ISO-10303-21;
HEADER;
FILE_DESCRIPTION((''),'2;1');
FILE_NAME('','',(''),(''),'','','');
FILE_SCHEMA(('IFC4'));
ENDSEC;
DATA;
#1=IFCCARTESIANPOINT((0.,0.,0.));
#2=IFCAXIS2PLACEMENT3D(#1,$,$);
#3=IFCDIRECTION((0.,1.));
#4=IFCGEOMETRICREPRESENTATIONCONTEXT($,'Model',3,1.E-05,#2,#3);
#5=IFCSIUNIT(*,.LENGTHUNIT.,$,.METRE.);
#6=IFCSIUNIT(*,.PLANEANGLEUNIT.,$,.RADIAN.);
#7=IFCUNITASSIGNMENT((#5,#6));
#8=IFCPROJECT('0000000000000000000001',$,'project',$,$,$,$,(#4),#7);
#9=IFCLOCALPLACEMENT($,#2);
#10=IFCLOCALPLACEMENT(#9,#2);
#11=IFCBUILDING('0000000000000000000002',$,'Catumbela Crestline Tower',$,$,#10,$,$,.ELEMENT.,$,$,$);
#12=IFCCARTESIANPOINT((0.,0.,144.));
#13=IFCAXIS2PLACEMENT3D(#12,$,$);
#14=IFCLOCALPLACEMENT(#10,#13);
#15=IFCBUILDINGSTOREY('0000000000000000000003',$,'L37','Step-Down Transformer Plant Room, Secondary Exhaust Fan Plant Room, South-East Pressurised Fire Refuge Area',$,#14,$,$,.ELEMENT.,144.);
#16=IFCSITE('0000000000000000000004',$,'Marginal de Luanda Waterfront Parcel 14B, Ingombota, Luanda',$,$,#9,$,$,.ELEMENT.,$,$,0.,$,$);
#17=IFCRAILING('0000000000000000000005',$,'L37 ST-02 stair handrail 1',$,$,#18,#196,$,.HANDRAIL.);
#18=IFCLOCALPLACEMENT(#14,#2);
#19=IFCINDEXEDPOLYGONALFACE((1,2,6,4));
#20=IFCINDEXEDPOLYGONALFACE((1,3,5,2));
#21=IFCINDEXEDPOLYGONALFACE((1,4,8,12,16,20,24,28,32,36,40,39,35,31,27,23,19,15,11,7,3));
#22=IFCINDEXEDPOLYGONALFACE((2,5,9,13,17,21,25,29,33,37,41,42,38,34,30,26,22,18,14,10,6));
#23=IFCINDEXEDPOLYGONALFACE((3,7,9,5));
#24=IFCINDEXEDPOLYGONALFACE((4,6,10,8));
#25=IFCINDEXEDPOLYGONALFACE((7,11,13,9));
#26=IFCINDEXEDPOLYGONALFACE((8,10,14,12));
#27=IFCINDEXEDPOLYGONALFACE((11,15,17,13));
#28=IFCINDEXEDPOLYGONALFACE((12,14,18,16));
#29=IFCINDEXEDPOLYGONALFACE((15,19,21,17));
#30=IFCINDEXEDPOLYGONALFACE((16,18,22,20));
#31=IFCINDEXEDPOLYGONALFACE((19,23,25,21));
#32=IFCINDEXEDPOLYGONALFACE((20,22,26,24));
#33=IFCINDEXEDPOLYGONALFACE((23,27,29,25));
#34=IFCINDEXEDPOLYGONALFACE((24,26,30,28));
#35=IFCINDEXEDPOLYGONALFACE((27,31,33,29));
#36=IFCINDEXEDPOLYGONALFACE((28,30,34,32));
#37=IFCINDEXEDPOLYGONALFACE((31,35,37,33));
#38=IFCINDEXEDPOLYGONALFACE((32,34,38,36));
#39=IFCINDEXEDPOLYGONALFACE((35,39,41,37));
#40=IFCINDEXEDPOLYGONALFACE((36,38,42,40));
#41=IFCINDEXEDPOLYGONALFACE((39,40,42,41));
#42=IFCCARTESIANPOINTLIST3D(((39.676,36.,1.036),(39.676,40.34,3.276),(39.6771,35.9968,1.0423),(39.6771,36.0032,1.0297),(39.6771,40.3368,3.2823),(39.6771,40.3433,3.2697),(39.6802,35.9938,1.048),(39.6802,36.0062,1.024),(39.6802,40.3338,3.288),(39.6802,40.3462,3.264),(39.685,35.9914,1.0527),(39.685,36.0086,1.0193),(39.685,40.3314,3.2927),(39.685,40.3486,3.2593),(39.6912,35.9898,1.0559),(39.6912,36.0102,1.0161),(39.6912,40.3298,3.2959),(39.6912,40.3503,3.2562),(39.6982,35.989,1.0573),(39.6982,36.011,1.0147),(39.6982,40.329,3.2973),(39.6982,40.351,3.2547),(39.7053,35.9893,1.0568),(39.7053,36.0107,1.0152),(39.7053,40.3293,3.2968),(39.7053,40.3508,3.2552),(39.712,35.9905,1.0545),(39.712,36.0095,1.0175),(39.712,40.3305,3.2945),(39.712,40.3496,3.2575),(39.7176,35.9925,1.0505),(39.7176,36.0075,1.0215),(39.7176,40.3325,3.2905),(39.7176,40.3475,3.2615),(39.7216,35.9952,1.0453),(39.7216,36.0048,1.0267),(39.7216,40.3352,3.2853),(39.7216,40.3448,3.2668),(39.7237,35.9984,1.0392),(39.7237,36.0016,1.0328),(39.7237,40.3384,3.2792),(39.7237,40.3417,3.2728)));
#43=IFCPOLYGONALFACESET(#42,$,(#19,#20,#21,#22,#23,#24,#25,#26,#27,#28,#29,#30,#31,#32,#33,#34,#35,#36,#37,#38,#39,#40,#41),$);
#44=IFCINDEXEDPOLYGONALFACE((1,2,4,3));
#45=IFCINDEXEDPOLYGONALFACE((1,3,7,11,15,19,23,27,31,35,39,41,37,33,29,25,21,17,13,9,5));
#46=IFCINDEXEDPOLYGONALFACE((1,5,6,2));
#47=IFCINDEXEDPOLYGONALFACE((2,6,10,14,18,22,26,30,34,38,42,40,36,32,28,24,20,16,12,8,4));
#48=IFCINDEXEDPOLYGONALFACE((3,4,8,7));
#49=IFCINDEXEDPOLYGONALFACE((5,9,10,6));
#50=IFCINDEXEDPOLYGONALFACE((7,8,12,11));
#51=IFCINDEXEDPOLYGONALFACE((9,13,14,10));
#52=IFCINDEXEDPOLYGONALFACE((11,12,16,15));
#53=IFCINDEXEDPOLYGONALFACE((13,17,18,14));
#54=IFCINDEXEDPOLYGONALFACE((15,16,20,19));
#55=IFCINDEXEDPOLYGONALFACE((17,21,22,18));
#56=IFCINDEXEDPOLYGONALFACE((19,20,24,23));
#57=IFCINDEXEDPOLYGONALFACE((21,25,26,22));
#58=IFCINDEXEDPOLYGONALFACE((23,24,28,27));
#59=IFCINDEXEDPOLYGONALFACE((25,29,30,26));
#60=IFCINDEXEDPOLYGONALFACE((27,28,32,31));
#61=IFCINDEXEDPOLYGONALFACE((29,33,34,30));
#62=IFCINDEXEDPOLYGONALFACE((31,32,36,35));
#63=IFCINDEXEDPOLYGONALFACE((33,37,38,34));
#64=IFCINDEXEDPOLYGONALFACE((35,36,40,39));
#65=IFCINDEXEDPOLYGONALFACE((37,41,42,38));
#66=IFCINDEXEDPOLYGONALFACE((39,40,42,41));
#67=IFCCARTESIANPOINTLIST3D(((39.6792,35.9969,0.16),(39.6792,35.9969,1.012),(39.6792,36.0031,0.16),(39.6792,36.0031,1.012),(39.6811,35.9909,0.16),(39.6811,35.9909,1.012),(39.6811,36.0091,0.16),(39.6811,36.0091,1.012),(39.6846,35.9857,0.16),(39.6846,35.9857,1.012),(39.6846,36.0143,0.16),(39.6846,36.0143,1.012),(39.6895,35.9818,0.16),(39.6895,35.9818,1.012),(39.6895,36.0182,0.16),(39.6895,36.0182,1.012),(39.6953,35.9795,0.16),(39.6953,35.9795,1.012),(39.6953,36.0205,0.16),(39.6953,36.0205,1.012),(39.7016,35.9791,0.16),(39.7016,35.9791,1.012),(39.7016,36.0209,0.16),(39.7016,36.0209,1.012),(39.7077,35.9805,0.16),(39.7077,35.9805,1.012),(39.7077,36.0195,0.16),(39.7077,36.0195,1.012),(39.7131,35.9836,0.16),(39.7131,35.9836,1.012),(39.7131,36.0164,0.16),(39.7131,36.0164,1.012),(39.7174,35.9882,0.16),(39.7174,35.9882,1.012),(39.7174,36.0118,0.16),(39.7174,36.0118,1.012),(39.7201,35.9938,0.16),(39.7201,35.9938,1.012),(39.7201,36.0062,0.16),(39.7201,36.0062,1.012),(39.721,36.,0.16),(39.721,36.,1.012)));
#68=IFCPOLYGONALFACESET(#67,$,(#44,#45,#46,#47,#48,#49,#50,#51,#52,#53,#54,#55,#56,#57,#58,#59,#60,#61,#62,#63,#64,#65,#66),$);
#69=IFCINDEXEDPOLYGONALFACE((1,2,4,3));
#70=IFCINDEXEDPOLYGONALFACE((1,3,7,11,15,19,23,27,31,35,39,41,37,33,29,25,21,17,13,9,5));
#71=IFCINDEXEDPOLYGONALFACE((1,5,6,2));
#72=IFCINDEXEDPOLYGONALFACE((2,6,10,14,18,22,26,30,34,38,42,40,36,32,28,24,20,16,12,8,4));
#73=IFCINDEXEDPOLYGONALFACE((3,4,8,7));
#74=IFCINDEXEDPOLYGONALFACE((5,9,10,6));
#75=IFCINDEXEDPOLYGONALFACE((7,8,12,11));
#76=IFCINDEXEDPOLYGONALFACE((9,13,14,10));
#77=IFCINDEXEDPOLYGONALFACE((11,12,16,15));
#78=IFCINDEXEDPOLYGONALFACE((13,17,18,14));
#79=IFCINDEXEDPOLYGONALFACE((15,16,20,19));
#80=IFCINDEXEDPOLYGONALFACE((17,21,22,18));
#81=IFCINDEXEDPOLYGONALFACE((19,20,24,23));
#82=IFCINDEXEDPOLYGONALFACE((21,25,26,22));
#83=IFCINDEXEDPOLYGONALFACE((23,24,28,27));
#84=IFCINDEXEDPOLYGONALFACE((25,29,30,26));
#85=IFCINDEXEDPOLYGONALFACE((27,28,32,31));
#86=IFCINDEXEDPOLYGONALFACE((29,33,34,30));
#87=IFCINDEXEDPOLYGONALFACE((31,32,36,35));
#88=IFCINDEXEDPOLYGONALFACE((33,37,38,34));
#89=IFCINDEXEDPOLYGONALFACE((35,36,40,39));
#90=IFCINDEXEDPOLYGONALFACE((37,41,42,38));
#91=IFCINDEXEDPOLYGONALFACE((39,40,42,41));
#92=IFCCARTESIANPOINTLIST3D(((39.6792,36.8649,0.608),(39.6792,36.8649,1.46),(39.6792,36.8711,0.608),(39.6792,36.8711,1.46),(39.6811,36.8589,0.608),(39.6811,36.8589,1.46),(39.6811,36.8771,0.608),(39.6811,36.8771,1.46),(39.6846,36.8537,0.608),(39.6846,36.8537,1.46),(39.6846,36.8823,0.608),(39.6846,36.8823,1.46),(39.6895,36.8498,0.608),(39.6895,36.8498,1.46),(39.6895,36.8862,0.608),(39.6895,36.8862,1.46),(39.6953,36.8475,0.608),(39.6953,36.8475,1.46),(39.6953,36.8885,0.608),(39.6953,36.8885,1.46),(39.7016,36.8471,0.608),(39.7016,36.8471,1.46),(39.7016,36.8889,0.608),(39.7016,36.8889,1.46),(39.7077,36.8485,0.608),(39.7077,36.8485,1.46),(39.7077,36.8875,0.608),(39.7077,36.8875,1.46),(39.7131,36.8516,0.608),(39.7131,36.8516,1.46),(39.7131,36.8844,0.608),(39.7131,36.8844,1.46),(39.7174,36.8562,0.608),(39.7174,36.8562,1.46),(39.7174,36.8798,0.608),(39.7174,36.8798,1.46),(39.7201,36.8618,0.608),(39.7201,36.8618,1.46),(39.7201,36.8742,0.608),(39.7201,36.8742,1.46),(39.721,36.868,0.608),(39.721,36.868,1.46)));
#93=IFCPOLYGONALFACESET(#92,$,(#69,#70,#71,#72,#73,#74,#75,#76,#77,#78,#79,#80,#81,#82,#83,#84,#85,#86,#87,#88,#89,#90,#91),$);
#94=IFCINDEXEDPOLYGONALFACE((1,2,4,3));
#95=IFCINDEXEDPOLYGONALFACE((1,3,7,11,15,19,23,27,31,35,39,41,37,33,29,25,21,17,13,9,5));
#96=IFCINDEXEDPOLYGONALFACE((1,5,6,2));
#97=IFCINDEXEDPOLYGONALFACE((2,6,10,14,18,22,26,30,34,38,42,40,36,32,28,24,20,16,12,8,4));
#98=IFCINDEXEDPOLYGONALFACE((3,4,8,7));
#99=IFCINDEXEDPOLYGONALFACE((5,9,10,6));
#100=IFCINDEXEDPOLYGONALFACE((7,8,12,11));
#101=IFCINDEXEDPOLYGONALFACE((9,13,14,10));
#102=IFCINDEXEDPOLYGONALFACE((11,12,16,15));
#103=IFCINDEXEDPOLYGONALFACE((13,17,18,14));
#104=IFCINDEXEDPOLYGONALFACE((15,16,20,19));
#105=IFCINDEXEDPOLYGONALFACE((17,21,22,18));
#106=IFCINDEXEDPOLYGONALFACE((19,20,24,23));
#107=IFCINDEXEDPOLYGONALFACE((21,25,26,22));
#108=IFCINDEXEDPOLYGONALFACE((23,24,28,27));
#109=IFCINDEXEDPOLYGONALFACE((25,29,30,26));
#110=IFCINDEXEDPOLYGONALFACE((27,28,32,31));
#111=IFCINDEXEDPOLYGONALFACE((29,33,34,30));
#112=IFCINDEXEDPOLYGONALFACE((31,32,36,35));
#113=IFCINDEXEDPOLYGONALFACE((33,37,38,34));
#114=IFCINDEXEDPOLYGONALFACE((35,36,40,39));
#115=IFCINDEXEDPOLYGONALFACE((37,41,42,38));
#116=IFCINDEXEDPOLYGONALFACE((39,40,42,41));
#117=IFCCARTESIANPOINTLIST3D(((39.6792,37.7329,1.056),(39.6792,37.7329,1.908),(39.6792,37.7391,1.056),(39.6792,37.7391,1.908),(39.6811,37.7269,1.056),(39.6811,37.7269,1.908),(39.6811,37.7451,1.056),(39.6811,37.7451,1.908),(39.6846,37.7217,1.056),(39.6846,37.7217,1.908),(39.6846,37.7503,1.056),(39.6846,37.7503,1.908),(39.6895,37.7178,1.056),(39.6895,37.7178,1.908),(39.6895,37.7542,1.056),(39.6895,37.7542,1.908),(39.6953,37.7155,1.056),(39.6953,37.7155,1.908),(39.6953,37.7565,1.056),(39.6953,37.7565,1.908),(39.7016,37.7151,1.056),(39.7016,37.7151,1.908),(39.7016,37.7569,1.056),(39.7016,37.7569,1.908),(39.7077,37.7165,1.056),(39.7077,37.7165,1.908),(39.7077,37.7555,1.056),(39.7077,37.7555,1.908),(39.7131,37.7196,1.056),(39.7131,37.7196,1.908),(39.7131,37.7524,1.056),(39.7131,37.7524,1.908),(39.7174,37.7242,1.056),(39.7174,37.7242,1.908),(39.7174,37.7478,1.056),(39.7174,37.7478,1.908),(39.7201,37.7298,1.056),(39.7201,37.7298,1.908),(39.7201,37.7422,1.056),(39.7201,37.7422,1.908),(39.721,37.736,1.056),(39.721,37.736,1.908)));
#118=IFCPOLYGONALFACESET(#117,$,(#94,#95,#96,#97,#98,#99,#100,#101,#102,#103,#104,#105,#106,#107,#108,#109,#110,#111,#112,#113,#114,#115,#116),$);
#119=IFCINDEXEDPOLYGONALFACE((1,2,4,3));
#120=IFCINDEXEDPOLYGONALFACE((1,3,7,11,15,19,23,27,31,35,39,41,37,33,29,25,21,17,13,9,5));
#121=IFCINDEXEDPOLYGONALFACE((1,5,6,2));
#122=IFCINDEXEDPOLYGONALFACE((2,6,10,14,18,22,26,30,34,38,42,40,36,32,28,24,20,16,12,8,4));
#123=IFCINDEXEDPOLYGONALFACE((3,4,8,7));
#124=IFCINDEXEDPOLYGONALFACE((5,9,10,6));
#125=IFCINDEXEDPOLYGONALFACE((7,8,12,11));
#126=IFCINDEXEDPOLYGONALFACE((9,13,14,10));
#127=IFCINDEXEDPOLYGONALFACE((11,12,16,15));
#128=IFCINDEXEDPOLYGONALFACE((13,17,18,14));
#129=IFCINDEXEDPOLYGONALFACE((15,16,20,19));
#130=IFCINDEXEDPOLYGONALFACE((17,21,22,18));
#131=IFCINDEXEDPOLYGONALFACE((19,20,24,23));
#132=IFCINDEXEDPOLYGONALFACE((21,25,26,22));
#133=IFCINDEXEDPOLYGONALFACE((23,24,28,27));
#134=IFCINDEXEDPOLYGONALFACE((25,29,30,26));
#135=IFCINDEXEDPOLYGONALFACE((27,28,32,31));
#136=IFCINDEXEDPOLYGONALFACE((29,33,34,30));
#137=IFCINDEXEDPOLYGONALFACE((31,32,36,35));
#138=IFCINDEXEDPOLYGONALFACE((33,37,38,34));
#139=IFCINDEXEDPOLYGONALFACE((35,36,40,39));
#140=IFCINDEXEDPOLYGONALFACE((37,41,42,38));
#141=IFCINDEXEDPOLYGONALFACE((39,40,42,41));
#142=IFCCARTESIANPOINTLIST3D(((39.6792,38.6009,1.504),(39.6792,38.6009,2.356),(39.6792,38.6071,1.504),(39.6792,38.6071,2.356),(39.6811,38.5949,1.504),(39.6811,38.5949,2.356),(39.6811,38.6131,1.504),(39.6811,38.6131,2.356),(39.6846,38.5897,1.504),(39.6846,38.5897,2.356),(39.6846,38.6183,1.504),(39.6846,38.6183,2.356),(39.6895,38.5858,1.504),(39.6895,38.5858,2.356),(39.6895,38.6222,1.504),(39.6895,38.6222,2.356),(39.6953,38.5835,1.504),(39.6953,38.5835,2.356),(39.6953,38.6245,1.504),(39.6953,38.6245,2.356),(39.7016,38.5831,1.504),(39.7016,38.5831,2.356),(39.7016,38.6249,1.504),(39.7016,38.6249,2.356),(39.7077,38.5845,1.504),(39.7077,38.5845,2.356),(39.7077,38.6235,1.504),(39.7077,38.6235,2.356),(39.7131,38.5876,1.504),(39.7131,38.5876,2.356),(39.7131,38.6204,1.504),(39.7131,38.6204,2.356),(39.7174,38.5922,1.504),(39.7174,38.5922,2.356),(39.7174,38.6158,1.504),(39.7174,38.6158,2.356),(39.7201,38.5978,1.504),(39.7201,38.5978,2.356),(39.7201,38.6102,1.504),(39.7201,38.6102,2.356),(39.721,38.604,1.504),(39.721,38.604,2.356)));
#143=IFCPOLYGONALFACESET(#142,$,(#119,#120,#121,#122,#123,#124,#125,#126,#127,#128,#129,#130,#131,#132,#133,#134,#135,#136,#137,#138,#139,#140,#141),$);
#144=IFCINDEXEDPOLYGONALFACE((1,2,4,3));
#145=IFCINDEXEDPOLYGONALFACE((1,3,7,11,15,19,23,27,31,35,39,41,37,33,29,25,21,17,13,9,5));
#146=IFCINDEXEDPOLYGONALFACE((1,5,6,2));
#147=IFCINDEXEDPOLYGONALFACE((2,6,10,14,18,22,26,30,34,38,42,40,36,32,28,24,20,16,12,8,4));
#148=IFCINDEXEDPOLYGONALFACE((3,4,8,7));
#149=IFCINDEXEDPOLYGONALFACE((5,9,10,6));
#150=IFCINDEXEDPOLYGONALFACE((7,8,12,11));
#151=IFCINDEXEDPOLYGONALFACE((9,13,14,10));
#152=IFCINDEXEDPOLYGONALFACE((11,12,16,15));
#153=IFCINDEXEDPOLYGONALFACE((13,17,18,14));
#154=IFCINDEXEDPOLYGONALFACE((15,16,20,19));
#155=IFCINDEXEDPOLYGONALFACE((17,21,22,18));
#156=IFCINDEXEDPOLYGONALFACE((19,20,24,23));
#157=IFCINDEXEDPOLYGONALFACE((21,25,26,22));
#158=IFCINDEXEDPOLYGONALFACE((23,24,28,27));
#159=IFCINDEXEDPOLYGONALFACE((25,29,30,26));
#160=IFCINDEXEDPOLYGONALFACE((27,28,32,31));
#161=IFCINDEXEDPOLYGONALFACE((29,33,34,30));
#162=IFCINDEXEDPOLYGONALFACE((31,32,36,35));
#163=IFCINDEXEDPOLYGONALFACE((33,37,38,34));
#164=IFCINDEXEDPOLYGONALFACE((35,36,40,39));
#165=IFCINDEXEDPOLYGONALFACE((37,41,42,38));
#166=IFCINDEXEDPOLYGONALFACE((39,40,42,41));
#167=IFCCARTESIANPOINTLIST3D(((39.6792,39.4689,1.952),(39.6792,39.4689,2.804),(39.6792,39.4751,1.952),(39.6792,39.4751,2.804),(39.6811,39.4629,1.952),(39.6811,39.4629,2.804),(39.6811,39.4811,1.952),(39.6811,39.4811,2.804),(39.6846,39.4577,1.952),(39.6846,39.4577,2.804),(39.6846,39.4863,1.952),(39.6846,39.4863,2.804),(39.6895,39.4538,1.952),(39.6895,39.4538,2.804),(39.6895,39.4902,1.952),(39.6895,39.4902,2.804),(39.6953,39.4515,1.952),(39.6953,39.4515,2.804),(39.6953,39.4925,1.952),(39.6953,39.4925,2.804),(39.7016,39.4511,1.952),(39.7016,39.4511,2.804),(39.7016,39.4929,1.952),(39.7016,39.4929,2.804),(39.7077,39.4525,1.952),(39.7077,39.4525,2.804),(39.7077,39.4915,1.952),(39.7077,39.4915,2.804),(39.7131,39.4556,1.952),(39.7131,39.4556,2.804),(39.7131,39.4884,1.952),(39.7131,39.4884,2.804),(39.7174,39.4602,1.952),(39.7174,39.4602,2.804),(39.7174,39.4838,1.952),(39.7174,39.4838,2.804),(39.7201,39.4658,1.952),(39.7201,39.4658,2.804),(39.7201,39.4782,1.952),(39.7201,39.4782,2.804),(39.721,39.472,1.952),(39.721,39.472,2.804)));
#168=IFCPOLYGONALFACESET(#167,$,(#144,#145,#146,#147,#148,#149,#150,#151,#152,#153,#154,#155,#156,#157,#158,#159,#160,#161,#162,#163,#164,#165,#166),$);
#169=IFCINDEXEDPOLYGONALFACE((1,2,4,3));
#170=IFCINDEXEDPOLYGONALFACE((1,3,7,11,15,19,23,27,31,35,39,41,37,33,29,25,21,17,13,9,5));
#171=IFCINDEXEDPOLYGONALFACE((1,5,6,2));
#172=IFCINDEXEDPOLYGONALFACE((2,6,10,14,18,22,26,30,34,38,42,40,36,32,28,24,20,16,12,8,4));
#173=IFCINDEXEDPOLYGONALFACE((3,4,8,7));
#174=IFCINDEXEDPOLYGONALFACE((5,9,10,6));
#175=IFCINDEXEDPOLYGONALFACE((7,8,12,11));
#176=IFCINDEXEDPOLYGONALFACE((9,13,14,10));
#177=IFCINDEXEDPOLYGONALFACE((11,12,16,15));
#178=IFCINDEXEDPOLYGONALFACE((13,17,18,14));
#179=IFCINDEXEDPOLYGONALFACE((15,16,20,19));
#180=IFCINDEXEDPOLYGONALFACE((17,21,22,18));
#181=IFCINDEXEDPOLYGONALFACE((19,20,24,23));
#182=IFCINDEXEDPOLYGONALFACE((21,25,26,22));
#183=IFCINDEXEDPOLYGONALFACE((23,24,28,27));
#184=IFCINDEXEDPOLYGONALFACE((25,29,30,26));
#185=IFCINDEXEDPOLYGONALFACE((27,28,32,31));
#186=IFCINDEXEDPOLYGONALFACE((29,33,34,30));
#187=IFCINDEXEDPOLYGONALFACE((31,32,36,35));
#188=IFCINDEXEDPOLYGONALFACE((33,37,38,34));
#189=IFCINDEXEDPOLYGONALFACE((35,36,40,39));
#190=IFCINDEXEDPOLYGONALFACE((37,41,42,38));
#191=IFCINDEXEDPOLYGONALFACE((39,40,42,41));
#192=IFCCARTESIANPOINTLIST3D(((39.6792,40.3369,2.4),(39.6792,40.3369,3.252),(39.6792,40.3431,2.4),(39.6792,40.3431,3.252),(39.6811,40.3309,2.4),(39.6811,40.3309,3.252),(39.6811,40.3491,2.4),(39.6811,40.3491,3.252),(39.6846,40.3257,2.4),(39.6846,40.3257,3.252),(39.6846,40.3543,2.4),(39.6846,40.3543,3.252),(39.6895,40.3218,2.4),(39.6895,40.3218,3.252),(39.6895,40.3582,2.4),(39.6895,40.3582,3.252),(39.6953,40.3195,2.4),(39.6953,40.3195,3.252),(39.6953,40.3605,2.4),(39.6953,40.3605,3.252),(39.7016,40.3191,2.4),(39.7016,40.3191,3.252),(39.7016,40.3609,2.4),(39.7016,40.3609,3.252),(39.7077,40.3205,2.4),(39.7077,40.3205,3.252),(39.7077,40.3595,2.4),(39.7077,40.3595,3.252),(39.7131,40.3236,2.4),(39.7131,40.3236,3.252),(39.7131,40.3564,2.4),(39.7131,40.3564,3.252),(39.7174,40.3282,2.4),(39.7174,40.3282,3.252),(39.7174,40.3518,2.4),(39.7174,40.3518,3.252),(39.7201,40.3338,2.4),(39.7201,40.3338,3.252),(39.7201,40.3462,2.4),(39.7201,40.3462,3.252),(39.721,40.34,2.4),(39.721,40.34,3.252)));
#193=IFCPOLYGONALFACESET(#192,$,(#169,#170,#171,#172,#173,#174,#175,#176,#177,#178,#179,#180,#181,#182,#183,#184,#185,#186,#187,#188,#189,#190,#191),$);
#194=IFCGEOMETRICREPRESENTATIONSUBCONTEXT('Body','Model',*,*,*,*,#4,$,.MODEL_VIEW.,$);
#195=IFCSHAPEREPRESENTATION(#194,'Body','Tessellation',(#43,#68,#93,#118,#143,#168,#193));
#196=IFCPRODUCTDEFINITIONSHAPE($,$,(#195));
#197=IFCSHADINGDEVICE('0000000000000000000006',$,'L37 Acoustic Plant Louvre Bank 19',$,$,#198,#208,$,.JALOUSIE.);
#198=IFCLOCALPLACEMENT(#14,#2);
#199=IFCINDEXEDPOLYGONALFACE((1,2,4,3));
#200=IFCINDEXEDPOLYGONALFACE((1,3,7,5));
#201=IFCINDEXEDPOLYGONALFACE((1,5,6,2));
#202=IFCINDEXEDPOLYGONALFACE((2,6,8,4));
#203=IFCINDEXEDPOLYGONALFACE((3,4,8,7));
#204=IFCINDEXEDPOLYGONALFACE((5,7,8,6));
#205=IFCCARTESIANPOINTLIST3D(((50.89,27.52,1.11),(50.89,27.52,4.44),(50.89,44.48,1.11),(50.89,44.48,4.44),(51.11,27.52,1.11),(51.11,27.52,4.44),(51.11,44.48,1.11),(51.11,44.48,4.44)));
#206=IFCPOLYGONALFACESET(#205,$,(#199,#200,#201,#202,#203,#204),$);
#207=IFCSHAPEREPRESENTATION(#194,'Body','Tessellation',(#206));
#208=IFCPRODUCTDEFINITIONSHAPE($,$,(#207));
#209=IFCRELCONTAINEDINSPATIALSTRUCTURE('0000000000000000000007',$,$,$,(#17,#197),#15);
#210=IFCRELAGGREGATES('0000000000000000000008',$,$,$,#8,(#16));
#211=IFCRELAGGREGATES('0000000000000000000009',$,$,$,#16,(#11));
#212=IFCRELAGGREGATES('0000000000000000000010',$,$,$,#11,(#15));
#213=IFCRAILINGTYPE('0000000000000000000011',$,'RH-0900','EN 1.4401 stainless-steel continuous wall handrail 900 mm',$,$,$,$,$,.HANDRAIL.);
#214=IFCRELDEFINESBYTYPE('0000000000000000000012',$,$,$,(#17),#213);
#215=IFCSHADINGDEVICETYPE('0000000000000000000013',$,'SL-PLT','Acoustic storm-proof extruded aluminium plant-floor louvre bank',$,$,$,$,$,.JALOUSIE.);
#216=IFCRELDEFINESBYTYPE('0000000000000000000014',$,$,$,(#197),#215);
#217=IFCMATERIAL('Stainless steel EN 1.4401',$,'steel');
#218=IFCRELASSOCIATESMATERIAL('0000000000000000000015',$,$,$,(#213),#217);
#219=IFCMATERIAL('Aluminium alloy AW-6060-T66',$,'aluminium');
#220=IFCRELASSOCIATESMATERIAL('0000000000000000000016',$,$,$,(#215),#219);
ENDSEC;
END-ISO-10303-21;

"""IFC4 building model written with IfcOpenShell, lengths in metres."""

from ifc_helpers import new_model, si_unit, direction, frame, origin, origin_2d, place, context, subcontext, project, spatial, rectangle, circle, extrude, material, type_object, element, save


model = new_model("IFC4")

# Units and contexts
model_context = context("Model", 3, precision=1e-05, world=origin(), true_north=direction((0.0, 1.0)))
body_context = subcontext(model_context, "Body", "Model", "MODEL_VIEW")
ifc_project = project(units=[si_unit("LENGTHUNIT", "METRE"), si_unit("PLANEANGLEUNIT", "RADIAN")], contexts=[model_context])

# Site, building, storey
site_placement = place(None, origin())
site = spatial("IfcSite", under=ifc_project, at=site_placement, Name="Marginal de Luanda Waterfront Parcel 14B, Ingombota, Luanda", CompositionType="ELEMENT", RefElevation=0.0)
building_placement = place(site_placement, origin())
building = spatial("IfcBuilding", under=site, at=building_placement, Name="Catumbela Crestline Tower", CompositionType="ELEMENT")
storey_placement = place(building_placement, frame((0.0, 0.0, 144.0)))
storey = spatial("IfcBuildingStorey", under=building, at=storey_placement, Name="L37", Description="Step-Down Transformer Plant Room, Secondary Exhaust Fan Plant Room, South-East Pressurised Fire Refuge Area", CompositionType="ELEMENT", Elevation=144.0)

# Railing
ifc_material_1 = material(Name="Stainless steel EN 1.4401", Category="steel")
railing_type_1 = type_object("IfcRailingType", Name="RH-0900", Description="EN 1.4401 stainless-steel continuous wall handrail 900 mm", PredefinedType="HANDRAIL", material=ifc_material_1)
railing_1_placement = place(storey_placement, frame((39.7, 36.0, 0.16)))
element("IfcRailing", 1, at=railing_1_placement, inside=storey, type_object=railing_type_1, Name="L37 ST-02 stair handrail 1", PredefinedType="HANDRAIL", context=body_context, shape_type="SweptSolid", body=[
    extrude(circle(Radius=0.024, at=origin_2d()), frame((0.0, 0.0, 0.876), z_axis=(0.0, 0.888621, 0.458643), x_axis=(-1.0, 0.0, 0.0)), (0.0, 0.0, 1.0), 4.884),
    extrude(circle(Radius=0.021, at=origin_2d()), origin(), (0.0, 0.0, 1.0), 0.852),
    extrude(circle(Radius=0.021, at=origin_2d()), frame((0.0, 0.868, 0.448)), (0.0, 0.0, 1.0), 0.852),
    extrude(circle(Radius=0.021, at=origin_2d()), frame((0.0, 1.736, 0.896)), (0.0, 0.0, 1.0), 0.852),
    extrude(circle(Radius=0.021, at=origin_2d()), frame((0.0, 2.604, 1.344)), (0.0, 0.0, 1.0), 0.852),
    extrude(circle(Radius=0.021, at=origin_2d()), frame((0.0, 3.472, 1.792)), (0.0, 0.0, 1.0), 0.852),
    extrude(circle(Radius=0.021, at=origin_2d()), frame((0.0, 4.34, 2.24)), (0.0, 0.0, 1.0), 0.852),
])

# Shading device
ifc_material_2 = material(Name="Aluminium alloy AW-6060-T66", Category="aluminium")
shading_device_type = type_object("IfcShadingDeviceType", Name="SL-PLT", Description="Acoustic storm-proof extruded aluminium plant-floor louvre bank", PredefinedType="JALOUSIE", material=ifc_material_2)
shading_device_1_placement = place(storey_placement, frame((51.0, 36.0, 1.11), z_axis=(0.0, 0.0, 1.0), x_axis=(0.0, 1.0, 0.0)))
element("IfcShadingDevice", 2, at=shading_device_1_placement, inside=storey, type_object=shading_device_type, Name="L37 Acoustic Plant Louvre Bank 19", PredefinedType="JALOUSIE", context=body_context, shape_type="SweptSolid", body=[
    extrude(rectangle(XDim=16.96, YDim=0.22, at=origin_2d()), origin(), (0.0, 0.0, 1.0), 3.33),
])

save(model, "model.ifc")
